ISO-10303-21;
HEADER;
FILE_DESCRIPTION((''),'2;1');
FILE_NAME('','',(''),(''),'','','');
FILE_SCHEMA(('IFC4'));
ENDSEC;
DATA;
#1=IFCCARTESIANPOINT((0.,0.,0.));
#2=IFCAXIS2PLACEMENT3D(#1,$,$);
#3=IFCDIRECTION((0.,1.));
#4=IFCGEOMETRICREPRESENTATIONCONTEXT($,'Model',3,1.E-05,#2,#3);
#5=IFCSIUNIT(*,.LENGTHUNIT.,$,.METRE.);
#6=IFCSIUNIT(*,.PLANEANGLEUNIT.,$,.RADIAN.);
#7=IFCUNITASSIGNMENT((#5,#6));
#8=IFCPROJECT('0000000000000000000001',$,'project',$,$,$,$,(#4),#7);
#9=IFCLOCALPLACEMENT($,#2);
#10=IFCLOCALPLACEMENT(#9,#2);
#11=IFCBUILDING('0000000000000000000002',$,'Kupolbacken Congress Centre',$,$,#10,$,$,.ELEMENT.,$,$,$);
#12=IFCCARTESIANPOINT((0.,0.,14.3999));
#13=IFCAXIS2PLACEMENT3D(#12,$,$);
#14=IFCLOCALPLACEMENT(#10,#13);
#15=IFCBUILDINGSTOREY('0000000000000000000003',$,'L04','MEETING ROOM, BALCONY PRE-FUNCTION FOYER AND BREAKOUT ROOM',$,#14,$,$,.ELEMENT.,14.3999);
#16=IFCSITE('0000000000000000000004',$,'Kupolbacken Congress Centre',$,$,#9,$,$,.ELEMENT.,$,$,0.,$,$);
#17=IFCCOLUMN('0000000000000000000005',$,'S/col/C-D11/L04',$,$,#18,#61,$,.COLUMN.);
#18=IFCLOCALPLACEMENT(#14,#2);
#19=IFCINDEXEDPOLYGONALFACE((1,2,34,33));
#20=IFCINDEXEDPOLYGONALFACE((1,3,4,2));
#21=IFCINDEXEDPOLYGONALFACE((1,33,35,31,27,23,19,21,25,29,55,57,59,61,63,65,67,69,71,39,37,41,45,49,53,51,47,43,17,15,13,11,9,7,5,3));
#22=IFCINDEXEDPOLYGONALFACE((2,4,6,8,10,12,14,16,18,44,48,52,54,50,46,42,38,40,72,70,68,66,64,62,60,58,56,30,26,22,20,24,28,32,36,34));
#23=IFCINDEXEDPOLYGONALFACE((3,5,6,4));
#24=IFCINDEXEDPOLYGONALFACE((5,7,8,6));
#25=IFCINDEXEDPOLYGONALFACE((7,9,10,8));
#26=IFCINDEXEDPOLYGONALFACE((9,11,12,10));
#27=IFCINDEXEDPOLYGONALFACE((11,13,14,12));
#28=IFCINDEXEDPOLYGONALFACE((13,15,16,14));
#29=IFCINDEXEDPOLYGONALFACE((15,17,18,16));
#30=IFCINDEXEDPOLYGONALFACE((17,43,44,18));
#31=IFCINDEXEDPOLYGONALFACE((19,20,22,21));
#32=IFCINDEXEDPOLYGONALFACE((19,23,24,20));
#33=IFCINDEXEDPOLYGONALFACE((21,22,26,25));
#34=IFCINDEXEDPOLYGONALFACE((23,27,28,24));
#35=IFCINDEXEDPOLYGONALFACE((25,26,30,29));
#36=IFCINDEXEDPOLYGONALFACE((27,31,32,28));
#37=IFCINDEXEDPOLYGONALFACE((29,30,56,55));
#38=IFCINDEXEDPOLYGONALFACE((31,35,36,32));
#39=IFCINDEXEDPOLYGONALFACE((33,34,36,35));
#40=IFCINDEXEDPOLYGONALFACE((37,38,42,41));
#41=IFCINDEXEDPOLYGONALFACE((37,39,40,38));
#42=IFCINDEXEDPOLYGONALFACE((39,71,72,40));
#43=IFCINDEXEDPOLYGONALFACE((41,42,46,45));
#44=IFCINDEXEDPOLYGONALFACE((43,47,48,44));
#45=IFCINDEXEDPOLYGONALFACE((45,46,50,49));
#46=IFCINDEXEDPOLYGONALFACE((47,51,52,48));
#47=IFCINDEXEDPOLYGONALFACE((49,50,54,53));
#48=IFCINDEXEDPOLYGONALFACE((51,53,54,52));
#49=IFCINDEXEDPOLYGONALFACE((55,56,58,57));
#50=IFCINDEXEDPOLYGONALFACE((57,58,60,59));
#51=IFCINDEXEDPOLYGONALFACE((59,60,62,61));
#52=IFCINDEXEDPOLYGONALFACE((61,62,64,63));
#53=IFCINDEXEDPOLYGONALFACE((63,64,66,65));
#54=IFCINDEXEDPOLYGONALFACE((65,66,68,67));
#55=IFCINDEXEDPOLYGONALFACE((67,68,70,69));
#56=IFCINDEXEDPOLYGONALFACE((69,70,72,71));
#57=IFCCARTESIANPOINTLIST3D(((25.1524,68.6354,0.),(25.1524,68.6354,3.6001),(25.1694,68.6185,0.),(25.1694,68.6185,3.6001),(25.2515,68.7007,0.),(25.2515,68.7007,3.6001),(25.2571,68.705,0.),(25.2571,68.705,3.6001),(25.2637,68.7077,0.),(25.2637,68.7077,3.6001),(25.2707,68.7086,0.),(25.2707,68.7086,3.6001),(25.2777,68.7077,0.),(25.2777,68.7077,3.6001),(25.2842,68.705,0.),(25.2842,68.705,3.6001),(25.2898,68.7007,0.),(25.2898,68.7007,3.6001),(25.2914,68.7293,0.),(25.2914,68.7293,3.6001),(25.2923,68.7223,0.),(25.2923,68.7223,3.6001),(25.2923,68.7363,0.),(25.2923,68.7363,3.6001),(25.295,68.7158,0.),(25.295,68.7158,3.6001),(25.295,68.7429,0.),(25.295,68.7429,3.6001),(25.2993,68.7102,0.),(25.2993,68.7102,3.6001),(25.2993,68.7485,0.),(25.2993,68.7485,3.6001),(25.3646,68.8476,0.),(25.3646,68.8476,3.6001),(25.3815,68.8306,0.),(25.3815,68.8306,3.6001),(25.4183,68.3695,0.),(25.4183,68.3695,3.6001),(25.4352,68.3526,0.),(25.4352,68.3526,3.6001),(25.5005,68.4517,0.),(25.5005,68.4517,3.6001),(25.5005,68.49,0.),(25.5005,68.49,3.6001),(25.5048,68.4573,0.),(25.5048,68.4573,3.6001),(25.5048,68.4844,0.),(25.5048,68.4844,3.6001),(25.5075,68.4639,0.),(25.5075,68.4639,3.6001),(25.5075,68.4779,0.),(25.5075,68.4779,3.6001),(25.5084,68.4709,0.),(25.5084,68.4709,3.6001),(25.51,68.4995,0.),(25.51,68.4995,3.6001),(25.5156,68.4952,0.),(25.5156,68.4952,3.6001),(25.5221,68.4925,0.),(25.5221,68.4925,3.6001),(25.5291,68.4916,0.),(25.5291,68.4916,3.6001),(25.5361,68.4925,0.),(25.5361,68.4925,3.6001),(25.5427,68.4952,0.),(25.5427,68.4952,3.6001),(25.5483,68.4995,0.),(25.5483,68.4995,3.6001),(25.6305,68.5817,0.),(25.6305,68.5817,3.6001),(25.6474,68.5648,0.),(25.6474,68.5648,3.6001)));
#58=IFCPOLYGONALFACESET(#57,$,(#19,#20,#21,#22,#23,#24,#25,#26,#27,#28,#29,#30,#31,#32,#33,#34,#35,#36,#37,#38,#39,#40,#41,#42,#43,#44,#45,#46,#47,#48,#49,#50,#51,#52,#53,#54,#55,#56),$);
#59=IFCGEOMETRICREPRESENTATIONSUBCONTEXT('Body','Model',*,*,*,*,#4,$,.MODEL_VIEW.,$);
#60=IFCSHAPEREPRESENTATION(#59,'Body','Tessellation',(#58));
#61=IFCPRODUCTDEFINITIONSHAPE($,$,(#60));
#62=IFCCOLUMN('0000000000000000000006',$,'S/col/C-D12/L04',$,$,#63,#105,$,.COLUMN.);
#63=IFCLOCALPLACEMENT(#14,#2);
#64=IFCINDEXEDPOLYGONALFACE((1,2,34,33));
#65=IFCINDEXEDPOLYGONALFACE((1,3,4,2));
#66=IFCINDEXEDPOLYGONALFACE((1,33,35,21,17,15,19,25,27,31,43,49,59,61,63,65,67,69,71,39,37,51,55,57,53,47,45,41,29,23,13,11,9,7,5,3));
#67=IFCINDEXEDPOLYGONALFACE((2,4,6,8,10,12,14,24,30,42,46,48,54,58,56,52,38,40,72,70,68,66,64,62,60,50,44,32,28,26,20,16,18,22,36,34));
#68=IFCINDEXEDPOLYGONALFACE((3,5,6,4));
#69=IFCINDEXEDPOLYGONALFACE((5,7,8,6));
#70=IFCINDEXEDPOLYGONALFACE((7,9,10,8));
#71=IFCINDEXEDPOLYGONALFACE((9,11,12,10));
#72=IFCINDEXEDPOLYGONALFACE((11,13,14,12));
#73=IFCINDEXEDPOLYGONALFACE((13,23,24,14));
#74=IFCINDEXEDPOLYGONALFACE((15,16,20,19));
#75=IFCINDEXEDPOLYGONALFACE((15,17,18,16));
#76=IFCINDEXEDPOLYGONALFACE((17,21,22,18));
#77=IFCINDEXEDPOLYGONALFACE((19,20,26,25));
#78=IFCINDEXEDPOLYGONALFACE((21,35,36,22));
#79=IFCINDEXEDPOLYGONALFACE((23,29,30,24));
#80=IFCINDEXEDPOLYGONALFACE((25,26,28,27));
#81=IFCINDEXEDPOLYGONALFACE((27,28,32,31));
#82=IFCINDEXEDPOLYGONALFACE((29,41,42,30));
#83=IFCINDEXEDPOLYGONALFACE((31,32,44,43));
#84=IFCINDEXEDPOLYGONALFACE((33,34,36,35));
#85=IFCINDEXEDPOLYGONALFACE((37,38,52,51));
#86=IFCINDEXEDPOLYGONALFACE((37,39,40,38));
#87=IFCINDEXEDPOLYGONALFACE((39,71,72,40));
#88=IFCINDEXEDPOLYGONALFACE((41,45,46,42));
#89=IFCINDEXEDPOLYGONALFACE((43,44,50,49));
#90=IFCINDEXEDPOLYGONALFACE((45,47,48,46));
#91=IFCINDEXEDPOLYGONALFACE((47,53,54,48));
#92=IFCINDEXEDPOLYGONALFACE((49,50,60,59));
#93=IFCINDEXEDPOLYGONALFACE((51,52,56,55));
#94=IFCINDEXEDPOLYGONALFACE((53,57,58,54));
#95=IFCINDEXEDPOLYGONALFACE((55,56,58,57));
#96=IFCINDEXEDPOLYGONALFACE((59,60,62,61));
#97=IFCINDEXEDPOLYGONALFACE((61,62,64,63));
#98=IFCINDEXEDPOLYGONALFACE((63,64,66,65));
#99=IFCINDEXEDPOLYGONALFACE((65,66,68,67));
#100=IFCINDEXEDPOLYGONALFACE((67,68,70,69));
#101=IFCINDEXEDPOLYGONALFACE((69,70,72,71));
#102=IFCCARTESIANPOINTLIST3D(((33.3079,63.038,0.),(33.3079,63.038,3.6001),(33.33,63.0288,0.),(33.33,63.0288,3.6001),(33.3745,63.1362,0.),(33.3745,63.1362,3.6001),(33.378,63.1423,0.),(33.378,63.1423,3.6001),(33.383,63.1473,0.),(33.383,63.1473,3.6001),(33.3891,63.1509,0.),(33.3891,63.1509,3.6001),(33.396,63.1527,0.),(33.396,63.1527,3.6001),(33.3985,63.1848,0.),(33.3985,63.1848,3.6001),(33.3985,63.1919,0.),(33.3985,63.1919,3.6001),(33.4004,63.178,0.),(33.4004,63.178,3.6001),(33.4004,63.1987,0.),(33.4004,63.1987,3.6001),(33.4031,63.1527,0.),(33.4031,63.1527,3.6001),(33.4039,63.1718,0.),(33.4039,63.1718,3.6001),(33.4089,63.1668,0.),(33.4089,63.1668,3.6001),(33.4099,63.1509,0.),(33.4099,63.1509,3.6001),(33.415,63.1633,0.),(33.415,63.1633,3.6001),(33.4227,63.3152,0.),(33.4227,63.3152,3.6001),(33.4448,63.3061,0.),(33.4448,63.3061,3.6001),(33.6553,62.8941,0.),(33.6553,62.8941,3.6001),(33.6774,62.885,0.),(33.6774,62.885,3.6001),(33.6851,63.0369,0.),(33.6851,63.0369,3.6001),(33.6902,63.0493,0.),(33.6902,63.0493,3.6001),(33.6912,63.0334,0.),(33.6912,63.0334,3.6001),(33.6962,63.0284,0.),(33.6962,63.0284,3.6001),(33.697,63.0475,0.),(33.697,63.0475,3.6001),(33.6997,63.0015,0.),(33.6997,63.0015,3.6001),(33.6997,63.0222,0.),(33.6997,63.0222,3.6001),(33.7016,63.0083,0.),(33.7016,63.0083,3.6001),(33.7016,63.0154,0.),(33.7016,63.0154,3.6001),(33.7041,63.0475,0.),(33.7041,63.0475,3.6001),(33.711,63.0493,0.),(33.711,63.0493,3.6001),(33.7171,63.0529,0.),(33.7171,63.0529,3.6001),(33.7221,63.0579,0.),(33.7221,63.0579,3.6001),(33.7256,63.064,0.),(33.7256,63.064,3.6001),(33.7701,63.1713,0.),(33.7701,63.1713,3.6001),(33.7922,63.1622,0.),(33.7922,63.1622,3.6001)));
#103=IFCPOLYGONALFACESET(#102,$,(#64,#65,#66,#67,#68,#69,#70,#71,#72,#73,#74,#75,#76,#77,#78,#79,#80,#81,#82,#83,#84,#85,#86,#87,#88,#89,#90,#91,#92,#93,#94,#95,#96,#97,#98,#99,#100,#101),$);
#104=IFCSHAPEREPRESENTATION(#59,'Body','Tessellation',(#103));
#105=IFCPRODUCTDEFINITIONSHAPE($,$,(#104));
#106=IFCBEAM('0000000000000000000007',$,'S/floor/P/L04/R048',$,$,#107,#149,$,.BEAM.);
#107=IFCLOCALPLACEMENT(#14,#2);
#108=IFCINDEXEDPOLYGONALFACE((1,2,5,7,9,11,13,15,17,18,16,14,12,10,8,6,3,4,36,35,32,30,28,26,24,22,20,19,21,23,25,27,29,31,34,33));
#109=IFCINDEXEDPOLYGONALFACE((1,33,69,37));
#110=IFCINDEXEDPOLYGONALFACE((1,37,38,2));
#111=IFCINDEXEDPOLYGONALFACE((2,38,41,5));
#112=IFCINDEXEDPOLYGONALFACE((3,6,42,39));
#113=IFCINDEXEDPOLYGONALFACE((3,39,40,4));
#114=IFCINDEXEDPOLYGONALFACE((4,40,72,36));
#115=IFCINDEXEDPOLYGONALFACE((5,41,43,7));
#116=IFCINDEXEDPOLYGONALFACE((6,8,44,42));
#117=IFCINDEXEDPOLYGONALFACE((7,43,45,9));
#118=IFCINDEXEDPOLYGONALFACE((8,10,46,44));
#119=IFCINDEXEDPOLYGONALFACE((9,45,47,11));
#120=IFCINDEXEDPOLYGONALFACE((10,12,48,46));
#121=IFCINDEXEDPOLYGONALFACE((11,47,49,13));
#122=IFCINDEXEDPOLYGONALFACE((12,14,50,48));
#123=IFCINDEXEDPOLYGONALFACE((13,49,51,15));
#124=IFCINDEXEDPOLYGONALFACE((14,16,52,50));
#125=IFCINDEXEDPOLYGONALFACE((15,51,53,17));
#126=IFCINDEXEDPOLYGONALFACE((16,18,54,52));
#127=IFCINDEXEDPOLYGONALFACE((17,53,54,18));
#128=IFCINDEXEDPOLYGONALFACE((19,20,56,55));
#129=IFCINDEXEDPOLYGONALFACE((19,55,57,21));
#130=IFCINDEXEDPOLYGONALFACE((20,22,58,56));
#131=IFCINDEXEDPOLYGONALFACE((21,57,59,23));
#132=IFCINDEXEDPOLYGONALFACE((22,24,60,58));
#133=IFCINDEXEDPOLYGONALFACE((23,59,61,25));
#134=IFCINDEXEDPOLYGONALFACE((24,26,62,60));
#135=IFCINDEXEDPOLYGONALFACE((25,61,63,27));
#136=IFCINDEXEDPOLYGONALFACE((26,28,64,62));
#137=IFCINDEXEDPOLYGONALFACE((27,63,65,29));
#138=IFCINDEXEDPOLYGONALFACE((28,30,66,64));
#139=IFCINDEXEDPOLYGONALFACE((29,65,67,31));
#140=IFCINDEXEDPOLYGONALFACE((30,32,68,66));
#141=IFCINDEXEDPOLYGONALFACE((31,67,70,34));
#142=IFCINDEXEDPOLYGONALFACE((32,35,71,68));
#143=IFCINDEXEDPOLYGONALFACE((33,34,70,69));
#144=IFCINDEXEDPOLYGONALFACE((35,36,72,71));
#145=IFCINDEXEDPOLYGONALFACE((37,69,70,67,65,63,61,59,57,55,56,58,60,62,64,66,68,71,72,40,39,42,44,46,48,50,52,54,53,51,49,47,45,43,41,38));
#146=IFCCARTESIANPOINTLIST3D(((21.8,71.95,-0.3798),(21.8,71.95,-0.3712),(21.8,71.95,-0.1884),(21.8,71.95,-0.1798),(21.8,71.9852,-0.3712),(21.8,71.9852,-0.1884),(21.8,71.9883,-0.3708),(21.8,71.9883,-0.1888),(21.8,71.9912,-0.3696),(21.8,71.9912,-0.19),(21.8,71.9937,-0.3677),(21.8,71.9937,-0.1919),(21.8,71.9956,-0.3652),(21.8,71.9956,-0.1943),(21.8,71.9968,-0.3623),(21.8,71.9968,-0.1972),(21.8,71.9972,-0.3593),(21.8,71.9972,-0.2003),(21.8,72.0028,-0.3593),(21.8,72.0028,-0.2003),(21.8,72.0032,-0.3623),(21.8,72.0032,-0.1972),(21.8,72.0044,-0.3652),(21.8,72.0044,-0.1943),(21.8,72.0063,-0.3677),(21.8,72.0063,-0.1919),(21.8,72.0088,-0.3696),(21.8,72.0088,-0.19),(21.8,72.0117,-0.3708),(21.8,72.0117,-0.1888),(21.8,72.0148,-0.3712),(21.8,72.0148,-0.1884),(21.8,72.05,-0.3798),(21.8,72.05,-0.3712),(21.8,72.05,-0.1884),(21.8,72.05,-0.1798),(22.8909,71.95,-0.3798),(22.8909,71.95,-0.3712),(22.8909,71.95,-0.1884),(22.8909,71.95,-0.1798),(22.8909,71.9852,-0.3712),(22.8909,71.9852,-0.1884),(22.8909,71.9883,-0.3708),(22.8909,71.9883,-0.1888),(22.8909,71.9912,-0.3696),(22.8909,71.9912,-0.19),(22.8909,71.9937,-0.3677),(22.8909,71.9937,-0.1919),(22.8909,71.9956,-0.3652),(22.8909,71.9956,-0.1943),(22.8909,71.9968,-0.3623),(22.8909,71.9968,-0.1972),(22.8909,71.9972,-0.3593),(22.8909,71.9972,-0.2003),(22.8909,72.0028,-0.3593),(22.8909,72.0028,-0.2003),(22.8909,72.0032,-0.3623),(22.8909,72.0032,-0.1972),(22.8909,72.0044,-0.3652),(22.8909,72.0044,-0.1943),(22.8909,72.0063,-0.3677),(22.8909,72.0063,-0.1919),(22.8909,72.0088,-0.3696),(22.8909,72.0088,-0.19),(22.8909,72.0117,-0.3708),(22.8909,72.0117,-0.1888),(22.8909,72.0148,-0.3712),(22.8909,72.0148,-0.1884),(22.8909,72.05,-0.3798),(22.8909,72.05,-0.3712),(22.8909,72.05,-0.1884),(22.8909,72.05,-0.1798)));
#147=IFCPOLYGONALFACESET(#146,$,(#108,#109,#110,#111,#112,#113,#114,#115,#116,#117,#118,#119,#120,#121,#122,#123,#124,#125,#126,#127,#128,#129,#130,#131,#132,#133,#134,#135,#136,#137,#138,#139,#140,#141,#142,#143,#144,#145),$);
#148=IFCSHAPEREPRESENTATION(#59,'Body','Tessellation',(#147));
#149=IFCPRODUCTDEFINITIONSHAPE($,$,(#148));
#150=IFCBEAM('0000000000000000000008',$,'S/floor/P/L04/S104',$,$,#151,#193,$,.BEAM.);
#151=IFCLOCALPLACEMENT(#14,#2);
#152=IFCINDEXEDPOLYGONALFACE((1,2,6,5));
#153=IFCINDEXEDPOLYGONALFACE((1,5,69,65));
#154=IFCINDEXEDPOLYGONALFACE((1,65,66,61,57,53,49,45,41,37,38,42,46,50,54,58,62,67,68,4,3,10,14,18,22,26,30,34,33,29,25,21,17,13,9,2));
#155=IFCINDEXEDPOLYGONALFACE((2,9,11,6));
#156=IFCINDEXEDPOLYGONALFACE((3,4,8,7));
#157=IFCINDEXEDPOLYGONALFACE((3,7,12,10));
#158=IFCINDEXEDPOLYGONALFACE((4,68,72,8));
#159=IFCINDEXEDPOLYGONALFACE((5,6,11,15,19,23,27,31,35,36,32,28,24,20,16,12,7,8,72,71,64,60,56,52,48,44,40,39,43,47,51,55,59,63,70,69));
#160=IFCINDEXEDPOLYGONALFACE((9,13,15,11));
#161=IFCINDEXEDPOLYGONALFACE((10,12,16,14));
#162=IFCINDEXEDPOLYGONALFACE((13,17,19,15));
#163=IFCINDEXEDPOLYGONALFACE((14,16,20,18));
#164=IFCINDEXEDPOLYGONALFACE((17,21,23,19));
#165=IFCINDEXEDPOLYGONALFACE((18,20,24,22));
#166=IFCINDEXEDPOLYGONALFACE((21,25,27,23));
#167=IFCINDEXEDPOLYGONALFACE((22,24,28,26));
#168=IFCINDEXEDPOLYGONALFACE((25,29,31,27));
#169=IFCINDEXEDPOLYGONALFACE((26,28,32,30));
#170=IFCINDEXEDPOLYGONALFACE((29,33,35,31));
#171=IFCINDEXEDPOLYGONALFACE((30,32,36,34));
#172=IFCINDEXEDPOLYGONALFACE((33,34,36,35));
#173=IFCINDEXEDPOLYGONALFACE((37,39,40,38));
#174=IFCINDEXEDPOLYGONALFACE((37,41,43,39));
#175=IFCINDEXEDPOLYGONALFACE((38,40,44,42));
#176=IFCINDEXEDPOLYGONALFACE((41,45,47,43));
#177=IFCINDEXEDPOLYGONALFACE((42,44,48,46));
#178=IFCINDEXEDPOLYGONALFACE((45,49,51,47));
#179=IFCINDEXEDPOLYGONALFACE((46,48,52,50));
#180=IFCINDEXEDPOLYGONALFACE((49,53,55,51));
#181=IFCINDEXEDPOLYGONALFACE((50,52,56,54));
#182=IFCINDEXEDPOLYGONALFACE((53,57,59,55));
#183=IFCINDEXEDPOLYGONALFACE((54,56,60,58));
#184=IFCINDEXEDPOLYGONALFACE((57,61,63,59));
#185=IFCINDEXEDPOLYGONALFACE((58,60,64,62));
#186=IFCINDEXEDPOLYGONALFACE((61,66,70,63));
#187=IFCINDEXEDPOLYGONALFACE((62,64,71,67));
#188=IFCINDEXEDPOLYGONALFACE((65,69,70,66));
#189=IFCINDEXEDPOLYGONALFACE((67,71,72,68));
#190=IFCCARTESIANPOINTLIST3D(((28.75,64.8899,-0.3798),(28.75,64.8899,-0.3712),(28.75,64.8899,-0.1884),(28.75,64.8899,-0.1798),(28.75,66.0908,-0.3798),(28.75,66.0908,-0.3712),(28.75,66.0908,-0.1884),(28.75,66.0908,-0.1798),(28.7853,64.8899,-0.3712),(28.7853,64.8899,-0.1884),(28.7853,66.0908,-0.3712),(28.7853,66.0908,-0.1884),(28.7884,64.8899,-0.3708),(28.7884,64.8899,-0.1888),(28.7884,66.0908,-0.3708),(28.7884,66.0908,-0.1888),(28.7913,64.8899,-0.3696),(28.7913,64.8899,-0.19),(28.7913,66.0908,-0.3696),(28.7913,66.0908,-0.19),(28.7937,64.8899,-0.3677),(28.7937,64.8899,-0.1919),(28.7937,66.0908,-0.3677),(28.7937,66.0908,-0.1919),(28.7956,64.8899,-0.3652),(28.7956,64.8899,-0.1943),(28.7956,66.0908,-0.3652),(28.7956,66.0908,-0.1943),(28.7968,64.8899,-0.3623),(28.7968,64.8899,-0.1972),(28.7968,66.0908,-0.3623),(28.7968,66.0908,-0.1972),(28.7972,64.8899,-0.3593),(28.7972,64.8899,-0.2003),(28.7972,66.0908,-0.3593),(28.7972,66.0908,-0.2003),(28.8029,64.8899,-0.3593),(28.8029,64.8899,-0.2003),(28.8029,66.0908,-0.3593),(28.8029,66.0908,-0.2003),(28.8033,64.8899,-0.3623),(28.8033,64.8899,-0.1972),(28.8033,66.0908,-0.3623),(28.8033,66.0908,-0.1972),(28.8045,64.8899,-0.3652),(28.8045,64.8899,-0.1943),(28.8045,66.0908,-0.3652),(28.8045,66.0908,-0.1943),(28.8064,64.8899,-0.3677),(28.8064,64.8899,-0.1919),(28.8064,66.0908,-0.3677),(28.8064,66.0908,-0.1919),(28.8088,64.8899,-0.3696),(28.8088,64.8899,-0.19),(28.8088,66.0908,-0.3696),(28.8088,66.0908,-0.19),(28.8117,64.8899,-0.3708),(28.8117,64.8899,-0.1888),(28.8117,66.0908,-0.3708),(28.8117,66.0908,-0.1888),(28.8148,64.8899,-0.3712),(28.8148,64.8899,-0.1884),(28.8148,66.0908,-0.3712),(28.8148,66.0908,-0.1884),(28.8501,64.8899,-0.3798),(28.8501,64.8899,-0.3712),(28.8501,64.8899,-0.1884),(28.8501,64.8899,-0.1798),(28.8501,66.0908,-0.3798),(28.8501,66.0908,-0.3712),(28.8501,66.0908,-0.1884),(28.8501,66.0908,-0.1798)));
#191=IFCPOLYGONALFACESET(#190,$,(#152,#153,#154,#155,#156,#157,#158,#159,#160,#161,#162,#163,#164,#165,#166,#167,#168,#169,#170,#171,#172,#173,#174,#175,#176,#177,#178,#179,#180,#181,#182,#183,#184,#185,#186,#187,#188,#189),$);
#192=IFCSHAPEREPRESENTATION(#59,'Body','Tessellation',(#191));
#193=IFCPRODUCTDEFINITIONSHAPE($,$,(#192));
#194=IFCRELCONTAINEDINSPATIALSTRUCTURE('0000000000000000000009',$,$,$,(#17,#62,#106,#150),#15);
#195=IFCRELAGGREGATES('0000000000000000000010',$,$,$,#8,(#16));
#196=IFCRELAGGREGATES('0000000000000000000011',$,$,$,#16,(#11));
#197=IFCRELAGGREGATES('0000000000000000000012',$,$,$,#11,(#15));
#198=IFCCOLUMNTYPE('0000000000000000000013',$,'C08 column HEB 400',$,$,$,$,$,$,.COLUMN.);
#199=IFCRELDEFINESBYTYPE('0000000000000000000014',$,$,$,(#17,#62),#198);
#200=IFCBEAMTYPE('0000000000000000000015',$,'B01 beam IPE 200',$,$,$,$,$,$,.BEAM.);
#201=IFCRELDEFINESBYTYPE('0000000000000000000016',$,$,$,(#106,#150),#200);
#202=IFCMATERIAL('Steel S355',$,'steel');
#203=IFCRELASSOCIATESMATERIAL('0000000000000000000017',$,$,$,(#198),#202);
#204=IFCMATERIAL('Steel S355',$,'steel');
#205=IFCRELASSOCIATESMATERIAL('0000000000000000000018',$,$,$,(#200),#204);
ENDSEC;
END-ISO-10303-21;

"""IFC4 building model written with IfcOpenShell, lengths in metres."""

from ifc_helpers import new_model, si_unit, direction, frame, origin, origin_2d, place, context, subcontext, project, spatial, i_section, extrude, material, material_profile, profile_set, type_object, element, save


model = new_model("IFC4")

# Units and contexts
model_context = context("Model", 3, precision=1e-05, world=origin(), true_north=direction((0.0, 1.0)))
body_context = subcontext(model_context, "Body", "Model", "MODEL_VIEW")
ifc_project = project(units=[si_unit("LENGTHUNIT", "METRE"), si_unit("PLANEANGLEUNIT", "RADIAN")], contexts=[model_context])

# Site, building, storey
site_placement = place(None, origin())
site = spatial("IfcSite", under=ifc_project, at=site_placement, Name="Kupolbacken Congress Centre", CompositionType="ELEMENT", RefElevation=0.0)
building_placement = place(site_placement, origin())
building = spatial("IfcBuilding", under=site, at=building_placement, Name="Kupolbacken Congress Centre", CompositionType="ELEMENT")
storey_placement = place(building_placement, frame((0.0, 0.0, 14.3999)))
storey = spatial("IfcBuildingStorey", under=building, at=storey_placement, Name="L04", Description="MEETING ROOM, BALCONY PRE-FUNCTION FOYER AND BREAKOUT ROOM", CompositionType="ELEMENT", Elevation=14.3999)

# Columns
ifc_material_1 = material(Name="Steel S355", Category="steel")
ifc_material_profile_1 = material_profile(ifc_material_1, i_section(OverallWidth=0.3, OverallDepth=0.3999, WebThickness=0.0134, FlangeThickness=0.0239, FilletRadius=0.0271, at=origin_2d()), Name="HEB 400")
ifc_profile_set_1 = profile_set([ifc_material_profile_1], Name="Steel S355")
column_type = type_object("IfcColumnType", Name="C08 column HEB 400", PredefinedType="COLUMN", material=ifc_profile_set_1)
for number, where, z_axis, x_axis, name in (
    (1, (25.3999, 68.6001, 0.0), (0.0, 0.0, 1.0), (-0.707107, -0.707107, 0.0), "S/col/C-D11/L04"),
    (2, (33.55, 63.1001, 0.0), (0.0, 0.0, 1.0), (-0.382644, -0.923896, 0.0), "S/col/C-D12/L04"),
):
    element("IfcColumn", number, at=place(storey_placement, frame(where, z_axis=z_axis, x_axis=x_axis)), inside=storey, type_object=column_type, Name=name, PredefinedType="COLUMN", context=body_context, shape_type="SweptSolid", body=[
        extrude(i_section(OverallWidth=0.3, OverallDepth=0.3999, WebThickness=0.0134, FlangeThickness=0.0239, FilletRadius=0.0271, at=origin_2d()), origin(), (0.0, 0.0, 1.0), 3.6001),
    ])

# Beams
ifc_material_2 = material(Name="Steel S355", Category="steel")
ifc_material_profile_2 = material_profile(ifc_material_2, i_section(OverallWidth=0.1001, OverallDepth=0.2, WebThickness=0.0056, FlangeThickness=0.0085, FilletRadius=0.012, at=origin_2d()), Name="IPE 200")
ifc_profile_set_2 = profile_set([ifc_material_profile_2], Name="Steel S355")
beam_type_1 = type_object("IfcBeamType", Name="B01 beam IPE 200", PredefinedType="BEAM", material=ifc_profile_set_2)
beam_1_placement = place(storey_placement, frame((21.8, 72.0, -0.2798), z_axis=(1.0, 0.0, 0.0), x_axis=(0.0, 1.0, 0.0)))
element("IfcBeam", 3, at=beam_1_placement, inside=storey, type_object=beam_type_1, Name="S/floor/P/L04/R048", PredefinedType="BEAM", context=body_context, shape_type="SweptSolid", body=[
    extrude(i_section(OverallWidth=0.1001, OverallDepth=0.2, WebThickness=0.0056, FlangeThickness=0.0085, FilletRadius=0.012, at=origin_2d()), origin(), (0.0, 0.0, 1.0), 1.0908),
])
beam_2_placement = place(storey_placement, frame((28.8, 64.8899, -0.2798), z_axis=(0.0, 1.0, 0.0), x_axis=(-1.0, 0.0, 0.0)))
element("IfcBeam", 4, at=beam_2_placement, inside=storey, type_object=beam_type_1, Name="S/floor/P/L04/S104", PredefinedType="BEAM", context=body_context, shape_type="SweptSolid", body=[
    extrude(i_section(OverallWidth=0.1001, OverallDepth=0.2, WebThickness=0.0056, FlangeThickness=0.0085, FilletRadius=0.012, at=origin_2d()), origin(), (0.0, 0.0, 1.0), 1.2009),
])

save(model, "model.ifc")
